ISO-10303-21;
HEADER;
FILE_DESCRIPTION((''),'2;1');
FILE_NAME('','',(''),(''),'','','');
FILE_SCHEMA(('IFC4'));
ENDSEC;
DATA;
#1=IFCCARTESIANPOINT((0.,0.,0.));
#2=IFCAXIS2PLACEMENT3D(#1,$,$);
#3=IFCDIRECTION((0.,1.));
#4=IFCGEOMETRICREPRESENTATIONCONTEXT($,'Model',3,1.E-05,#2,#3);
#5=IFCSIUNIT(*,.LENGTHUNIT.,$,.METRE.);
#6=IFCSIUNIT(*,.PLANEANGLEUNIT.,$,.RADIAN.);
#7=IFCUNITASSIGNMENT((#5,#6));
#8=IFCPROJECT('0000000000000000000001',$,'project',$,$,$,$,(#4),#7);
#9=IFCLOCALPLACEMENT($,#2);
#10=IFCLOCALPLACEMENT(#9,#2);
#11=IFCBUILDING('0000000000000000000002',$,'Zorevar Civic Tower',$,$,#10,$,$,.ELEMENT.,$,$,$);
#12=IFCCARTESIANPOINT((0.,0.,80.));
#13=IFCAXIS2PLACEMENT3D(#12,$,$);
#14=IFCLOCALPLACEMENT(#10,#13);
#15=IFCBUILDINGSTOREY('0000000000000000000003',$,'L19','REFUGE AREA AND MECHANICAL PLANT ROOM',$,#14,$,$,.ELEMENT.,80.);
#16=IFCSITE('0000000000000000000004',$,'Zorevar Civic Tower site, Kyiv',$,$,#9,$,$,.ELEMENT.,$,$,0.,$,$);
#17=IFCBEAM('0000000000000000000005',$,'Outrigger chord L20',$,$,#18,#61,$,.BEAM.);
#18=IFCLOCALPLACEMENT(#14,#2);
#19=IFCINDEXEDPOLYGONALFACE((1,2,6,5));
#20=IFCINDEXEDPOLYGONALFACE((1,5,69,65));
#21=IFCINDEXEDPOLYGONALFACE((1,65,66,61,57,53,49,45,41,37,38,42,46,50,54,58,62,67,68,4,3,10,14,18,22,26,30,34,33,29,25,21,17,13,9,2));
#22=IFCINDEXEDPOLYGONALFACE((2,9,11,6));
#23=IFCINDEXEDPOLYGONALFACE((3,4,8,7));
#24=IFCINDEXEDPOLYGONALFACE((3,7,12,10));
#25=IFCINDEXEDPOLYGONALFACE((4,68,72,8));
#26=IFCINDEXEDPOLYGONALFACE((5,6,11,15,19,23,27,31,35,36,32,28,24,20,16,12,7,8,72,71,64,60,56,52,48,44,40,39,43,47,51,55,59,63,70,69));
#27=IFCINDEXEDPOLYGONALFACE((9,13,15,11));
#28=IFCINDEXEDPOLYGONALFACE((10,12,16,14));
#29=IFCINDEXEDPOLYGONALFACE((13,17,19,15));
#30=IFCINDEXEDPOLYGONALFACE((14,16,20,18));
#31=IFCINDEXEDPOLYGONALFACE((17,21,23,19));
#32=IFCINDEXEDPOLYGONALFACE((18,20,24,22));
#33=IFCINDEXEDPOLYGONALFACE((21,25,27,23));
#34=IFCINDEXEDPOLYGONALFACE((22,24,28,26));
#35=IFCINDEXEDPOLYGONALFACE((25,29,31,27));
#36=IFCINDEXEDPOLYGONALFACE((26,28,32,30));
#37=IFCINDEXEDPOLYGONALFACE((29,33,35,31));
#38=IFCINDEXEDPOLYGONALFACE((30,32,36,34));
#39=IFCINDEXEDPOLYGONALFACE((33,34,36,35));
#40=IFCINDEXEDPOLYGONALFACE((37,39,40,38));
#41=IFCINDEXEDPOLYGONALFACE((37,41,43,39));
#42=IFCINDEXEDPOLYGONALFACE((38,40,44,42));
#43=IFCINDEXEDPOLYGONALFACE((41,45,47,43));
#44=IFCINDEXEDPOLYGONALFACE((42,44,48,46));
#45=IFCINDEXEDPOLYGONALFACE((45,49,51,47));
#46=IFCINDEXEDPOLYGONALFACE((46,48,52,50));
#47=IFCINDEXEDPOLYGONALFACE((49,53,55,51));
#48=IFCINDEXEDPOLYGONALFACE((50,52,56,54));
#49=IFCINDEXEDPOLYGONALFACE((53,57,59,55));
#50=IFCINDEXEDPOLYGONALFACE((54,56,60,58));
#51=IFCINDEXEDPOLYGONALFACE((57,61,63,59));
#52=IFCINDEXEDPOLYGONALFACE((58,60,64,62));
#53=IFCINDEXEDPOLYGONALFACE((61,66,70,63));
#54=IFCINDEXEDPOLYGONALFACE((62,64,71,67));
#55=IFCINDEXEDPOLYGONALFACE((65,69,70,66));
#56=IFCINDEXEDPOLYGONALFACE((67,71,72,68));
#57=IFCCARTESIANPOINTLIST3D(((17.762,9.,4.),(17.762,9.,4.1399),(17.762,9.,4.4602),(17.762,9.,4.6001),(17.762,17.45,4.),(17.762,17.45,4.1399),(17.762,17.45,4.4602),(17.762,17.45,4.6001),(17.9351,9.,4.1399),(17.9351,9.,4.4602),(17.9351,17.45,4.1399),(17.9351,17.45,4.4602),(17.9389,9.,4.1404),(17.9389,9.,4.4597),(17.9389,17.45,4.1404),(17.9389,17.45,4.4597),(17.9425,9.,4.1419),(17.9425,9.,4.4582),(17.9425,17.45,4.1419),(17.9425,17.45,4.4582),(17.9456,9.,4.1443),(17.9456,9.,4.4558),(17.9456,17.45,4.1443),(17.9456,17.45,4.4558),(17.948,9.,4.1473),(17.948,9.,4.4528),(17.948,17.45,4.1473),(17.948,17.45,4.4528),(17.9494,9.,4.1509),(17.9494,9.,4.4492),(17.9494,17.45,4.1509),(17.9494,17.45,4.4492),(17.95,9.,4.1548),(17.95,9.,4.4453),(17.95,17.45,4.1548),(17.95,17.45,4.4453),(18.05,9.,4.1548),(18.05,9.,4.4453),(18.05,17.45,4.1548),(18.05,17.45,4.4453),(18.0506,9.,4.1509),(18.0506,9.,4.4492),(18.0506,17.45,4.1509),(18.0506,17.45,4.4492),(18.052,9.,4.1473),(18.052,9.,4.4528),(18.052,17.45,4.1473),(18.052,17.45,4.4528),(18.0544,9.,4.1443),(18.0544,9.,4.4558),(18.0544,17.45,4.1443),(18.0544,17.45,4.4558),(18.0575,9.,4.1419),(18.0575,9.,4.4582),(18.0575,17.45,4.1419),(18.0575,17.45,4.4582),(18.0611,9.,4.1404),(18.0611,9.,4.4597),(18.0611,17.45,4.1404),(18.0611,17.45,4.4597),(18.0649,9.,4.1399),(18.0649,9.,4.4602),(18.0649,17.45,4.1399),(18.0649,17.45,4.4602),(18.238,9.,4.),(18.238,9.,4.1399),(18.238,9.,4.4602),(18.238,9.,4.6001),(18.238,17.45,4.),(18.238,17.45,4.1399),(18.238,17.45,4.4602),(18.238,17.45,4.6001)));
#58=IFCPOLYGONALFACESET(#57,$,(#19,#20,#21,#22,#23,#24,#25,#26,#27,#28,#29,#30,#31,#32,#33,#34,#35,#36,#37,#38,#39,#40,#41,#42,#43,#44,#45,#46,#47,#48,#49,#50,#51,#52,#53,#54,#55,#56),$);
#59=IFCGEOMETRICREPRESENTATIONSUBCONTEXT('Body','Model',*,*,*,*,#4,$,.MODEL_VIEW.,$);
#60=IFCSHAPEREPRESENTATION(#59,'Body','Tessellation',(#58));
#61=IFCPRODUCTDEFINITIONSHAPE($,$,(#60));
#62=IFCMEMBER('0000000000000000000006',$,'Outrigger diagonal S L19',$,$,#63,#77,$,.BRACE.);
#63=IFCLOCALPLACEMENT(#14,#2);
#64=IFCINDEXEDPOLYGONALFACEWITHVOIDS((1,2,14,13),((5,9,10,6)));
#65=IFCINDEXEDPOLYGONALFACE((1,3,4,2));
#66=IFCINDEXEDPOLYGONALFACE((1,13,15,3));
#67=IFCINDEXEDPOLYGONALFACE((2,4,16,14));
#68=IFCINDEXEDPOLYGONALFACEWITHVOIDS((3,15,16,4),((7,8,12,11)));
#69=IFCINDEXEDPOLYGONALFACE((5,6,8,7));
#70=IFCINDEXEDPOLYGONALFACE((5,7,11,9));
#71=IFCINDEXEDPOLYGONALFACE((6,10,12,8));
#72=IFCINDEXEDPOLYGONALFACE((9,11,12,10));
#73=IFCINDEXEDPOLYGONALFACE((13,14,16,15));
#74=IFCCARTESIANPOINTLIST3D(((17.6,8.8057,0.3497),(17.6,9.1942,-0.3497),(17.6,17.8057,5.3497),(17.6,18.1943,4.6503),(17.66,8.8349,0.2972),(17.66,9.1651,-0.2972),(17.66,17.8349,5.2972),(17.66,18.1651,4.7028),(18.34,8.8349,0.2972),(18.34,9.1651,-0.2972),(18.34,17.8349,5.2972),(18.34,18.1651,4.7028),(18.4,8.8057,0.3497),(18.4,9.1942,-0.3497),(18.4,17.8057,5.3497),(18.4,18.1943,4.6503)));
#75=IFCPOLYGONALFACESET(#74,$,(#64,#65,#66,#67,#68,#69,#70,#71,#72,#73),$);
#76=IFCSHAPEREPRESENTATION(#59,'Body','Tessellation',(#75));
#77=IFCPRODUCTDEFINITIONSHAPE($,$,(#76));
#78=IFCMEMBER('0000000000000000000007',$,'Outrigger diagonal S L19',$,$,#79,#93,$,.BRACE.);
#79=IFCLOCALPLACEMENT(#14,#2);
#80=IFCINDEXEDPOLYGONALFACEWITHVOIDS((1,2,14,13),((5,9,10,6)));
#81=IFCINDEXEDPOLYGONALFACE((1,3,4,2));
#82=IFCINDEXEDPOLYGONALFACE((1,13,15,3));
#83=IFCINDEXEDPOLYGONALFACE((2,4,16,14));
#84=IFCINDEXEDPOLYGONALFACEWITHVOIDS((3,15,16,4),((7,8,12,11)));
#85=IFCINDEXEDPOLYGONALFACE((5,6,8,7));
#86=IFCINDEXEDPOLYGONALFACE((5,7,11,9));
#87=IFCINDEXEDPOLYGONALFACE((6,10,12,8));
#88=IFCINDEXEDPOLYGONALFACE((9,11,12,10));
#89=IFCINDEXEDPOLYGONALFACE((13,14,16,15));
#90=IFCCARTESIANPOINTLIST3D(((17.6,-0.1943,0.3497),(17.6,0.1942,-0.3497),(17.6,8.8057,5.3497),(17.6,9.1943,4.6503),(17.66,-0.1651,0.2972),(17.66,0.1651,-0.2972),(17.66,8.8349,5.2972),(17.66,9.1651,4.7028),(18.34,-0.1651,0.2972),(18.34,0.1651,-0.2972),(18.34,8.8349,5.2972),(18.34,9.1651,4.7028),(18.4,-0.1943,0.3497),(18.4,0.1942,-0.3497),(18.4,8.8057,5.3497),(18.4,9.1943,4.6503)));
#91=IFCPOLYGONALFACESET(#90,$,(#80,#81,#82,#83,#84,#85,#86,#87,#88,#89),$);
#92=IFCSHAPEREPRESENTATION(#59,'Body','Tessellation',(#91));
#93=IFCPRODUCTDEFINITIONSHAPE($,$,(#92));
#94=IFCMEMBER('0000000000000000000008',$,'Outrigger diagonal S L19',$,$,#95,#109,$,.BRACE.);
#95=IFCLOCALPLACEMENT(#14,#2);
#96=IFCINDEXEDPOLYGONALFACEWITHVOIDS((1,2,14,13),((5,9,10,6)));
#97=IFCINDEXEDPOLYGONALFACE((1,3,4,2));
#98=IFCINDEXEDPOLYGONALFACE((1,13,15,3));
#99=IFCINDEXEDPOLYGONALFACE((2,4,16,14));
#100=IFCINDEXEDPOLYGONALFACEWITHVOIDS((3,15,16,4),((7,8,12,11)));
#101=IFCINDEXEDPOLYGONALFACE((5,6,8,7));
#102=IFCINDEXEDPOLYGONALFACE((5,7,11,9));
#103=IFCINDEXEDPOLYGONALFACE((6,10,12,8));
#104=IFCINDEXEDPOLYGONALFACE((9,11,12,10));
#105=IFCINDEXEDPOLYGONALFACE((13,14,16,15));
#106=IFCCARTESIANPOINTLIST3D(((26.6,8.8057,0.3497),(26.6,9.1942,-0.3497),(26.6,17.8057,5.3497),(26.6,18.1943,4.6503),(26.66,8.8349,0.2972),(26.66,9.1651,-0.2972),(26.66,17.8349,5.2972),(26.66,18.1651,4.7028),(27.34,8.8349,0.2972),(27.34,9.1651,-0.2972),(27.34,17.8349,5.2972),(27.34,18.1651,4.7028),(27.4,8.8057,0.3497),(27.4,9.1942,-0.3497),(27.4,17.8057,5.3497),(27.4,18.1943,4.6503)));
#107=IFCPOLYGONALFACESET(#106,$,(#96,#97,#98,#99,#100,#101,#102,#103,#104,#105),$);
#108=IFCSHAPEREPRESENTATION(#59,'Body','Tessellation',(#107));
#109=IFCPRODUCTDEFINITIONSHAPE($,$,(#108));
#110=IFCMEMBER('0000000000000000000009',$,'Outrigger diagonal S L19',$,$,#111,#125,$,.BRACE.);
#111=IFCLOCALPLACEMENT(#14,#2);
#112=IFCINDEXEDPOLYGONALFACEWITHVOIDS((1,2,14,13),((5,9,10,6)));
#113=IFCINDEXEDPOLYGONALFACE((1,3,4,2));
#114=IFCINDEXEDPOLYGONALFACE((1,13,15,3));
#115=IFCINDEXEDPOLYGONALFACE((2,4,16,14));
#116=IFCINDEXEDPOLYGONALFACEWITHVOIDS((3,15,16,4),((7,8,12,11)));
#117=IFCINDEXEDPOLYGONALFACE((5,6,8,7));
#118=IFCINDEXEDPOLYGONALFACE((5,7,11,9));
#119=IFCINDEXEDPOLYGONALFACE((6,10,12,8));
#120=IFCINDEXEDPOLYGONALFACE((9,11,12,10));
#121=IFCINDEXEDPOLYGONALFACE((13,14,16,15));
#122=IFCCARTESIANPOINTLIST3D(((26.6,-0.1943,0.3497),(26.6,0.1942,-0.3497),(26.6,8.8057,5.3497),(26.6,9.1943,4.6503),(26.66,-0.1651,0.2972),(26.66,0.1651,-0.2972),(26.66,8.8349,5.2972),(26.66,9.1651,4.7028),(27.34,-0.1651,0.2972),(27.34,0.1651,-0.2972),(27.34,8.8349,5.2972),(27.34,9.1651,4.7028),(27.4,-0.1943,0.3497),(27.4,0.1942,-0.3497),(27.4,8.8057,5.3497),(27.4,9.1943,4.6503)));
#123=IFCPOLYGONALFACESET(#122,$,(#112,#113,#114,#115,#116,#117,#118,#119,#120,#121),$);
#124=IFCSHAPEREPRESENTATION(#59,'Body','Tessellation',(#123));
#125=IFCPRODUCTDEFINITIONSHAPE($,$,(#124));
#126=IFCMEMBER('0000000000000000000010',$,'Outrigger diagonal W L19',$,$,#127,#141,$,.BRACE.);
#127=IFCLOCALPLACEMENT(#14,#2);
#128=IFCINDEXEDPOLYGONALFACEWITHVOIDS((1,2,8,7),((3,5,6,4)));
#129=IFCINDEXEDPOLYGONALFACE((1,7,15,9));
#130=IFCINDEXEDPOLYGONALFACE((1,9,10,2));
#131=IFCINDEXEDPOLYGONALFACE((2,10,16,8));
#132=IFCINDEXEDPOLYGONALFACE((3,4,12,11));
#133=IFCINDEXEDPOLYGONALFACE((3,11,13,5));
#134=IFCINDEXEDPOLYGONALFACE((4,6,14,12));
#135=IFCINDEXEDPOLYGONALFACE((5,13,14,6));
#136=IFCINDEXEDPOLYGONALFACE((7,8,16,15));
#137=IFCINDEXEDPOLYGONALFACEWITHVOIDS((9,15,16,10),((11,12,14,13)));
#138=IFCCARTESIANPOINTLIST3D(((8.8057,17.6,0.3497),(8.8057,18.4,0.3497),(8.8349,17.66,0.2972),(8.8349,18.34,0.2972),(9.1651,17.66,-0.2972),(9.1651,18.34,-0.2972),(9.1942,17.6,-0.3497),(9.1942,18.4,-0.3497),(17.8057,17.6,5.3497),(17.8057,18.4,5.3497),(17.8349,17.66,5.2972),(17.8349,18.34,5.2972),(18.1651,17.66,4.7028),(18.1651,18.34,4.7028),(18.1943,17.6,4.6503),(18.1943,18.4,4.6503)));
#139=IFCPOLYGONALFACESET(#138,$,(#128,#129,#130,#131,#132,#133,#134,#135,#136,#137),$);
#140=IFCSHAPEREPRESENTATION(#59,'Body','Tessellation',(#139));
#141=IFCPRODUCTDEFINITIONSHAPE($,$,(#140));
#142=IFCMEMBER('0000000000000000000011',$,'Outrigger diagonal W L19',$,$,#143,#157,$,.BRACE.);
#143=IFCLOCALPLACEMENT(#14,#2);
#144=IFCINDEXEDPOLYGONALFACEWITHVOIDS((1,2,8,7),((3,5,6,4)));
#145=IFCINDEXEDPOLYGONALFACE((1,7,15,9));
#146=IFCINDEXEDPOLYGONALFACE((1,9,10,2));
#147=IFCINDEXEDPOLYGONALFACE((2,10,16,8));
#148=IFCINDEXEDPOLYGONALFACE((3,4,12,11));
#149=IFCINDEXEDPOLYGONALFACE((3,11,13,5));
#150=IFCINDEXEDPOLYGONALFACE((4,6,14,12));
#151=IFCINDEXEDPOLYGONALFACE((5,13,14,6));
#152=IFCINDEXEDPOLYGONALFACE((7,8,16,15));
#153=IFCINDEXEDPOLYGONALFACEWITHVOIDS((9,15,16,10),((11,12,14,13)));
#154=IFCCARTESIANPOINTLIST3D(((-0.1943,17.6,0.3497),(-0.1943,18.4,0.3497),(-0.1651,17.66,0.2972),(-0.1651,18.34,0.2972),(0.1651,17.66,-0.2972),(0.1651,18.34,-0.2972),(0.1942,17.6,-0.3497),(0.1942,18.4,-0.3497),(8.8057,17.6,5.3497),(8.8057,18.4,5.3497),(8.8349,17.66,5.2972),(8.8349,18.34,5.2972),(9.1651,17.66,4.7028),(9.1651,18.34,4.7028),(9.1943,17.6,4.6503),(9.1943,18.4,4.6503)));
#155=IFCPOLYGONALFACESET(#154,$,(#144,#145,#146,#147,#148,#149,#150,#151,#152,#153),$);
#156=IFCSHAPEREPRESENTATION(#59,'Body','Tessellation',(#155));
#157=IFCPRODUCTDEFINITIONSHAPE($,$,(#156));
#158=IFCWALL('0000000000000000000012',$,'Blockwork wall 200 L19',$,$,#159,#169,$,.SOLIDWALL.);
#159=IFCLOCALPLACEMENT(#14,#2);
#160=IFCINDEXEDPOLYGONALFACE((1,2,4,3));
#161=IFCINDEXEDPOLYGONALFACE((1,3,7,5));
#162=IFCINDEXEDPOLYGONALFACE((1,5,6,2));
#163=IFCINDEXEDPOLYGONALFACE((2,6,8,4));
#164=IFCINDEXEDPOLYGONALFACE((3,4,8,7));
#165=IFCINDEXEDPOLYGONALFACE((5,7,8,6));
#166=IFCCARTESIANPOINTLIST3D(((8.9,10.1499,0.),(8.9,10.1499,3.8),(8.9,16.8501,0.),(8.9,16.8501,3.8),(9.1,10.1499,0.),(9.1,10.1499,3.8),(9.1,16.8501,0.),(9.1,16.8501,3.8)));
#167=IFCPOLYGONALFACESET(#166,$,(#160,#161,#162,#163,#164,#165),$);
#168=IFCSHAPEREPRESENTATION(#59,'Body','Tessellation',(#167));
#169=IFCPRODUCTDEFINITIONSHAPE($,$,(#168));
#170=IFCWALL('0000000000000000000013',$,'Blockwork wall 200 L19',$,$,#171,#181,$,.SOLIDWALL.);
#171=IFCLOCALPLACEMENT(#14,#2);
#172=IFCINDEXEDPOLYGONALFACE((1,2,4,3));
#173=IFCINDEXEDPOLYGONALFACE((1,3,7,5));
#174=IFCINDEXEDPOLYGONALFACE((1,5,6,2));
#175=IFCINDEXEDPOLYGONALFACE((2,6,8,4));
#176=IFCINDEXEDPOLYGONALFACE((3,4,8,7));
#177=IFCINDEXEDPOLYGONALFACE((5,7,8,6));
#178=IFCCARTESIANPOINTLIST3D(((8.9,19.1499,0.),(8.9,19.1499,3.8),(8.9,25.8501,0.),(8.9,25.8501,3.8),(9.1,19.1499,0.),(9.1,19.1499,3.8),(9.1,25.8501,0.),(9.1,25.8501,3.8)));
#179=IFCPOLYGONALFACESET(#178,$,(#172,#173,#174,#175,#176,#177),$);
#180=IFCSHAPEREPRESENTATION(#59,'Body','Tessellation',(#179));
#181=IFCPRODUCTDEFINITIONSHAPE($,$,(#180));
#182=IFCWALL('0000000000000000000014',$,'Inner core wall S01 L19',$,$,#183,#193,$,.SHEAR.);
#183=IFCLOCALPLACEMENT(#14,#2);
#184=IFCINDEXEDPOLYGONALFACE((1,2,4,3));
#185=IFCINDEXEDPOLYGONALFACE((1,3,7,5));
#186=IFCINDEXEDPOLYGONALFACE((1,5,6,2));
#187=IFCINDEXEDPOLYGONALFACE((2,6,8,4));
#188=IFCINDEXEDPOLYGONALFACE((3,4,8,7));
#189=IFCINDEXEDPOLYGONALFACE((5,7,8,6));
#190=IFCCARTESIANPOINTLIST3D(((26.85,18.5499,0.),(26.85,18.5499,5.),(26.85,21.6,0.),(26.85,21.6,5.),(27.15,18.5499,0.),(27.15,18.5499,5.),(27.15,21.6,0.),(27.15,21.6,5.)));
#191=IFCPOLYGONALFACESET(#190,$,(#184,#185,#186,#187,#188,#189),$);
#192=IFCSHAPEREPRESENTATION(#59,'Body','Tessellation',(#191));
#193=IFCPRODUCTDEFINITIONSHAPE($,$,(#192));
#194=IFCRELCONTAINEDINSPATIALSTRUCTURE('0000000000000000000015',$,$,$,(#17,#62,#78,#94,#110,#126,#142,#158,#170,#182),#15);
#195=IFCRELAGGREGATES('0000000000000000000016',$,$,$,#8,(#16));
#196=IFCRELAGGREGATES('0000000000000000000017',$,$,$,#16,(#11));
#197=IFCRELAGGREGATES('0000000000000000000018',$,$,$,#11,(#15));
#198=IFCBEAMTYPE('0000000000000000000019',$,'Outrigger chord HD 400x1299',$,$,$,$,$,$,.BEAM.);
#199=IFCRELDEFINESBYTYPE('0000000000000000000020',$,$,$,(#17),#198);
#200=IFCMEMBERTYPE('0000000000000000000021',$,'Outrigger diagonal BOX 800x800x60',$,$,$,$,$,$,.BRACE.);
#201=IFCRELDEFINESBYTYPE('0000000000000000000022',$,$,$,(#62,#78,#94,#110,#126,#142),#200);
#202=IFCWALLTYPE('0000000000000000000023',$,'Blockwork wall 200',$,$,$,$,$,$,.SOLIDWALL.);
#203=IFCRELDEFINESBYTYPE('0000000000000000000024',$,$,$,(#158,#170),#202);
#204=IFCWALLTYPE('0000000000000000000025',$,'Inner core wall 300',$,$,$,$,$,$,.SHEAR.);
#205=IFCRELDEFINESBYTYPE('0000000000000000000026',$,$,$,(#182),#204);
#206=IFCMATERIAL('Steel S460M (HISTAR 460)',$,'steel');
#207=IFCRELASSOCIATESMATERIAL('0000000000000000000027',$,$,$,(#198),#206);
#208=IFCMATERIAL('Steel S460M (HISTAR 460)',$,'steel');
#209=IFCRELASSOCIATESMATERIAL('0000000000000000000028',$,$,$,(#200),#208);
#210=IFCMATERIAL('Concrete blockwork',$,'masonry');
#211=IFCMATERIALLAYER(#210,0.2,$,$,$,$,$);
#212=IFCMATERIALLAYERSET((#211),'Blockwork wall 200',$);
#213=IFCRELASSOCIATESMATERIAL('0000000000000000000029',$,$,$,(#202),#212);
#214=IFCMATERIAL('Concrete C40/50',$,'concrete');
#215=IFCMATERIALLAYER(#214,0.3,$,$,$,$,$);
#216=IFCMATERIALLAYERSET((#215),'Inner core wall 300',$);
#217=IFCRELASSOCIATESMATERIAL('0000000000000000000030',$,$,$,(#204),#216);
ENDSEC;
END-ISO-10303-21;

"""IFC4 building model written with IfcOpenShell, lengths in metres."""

from ifc_helpers import new_model, si_unit, direction, frame, frame_2d, origin, origin_2d, place, context, subcontext, project, spatial, rectangle, hollow_rectangle, i_section, extrude, material, layer, layer_set, material_profile, profile_set, type_object, element, save


model = new_model("IFC4")

# Units and contexts
model_context = context("Model", 3, precision=1e-05, world=origin(), true_north=direction((0.0, 1.0)))
body_context = subcontext(model_context, "Body", "Model", "MODEL_VIEW")
ifc_project = project(units=[si_unit("LENGTHUNIT", "METRE"), si_unit("PLANEANGLEUNIT", "RADIAN")], contexts=[model_context])

# Site, building, storey
site_placement = place(None, origin())
site = spatial("IfcSite", under=ifc_project, at=site_placement, Name="Zorevar Civic Tower site, Kyiv", CompositionType="ELEMENT", RefElevation=0.0)
building_placement = place(site_placement, origin())
building = spatial("IfcBuilding", under=site, at=building_placement, Name="Zorevar Civic Tower", CompositionType="ELEMENT")
storey_placement = place(building_placement, frame((0.0, 0.0, 80.0)))
storey = spatial("IfcBuildingStorey", under=building, at=storey_placement, Name="L19", Description="REFUGE AREA AND MECHANICAL PLANT ROOM", CompositionType="ELEMENT", Elevation=80.0)

# Beam
ifc_material_1 = material(Name="Steel S460M (HISTAR 460)", Category="steel")
ifc_material_profile_1 = material_profile(ifc_material_1, i_section(OverallWidth=0.4761, OverallDepth=0.6001, WebThickness=0.1001, FlangeThickness=0.1399, FilletRadius=0.0149, at=origin_2d()), Name="HD 400x1299")
ifc_profile_set_1 = profile_set([ifc_material_profile_1], Name="Steel S460M (HISTAR 460)")
beam_type_1 = type_object("IfcBeamType", Name="Outrigger chord HD 400x1299", PredefinedType="BEAM", material=ifc_profile_set_1)
for number, where, z_axis, x_axis, name in (
    (1, (18.0, 9.0, 4.3), (0.0, 1.0, 0.0), (-1.0, 0.0, 0.0), "Outrigger chord L20"),
):
    element("IfcBeam", number, at=place(storey_placement, frame(where, z_axis=z_axis, x_axis=x_axis)), inside=storey, type_object=beam_type_1, Name=name, PredefinedType="BEAM", context=body_context, shape_type="SweptSolid", body=[
        extrude(i_section(OverallWidth=0.4761, OverallDepth=0.6001, WebThickness=0.1001, FlangeThickness=0.1399, FilletRadius=0.0149, at=origin_2d()), origin(), (0.0, 0.0, 1.0), 8.45),
    ])

# Members
ifc_material_2 = material(Name="Steel S460M (HISTAR 460)", Category="steel")
ifc_material_profile_2 = material_profile(ifc_material_2, hollow_rectangle(XDim=0.8, YDim=0.8, WallThickness=0.0601, at=origin_2d()), Name="BOX 800x800x60")
ifc_profile_set_2 = profile_set([ifc_material_profile_2], Name="Steel S460M (HISTAR 460)")
member_type = type_object("IfcMemberType", Name="Outrigger diagonal BOX 800x800x60", PredefinedType="BRACE", material=ifc_profile_set_2)
for number, where, z_axis, x_axis, name in (
    (2, (18.0, 18.0, 5.0), (0.0, -0.874157, -0.485643), (1.0, 0.0, 0.0), "Outrigger diagonal S L19"),
    (3, (18.0, 9.0, 5.0), (0.0, -0.874157, -0.485643), (1.0, 0.0, 0.0), "Outrigger diagonal S L19"),
    (4, (27.0, 18.0, 5.0), (0.0, -0.874157, -0.485643), (1.0, 0.0, 0.0), "Outrigger diagonal S L19"),
    (5, (27.0, 9.0, 5.0), (0.0, -0.874157, -0.485643), (1.0, 0.0, 0.0), "Outrigger diagonal S L19"),
    (6, (18.0, 18.0, 5.0), (-0.874157, 0.0, -0.485643), (0.0, -1.0, 0.0), "Outrigger diagonal W L19"),
    (7, (9.0, 18.0, 5.0), (-0.874157, 0.0, -0.485643), (0.0, -1.0, 0.0), "Outrigger diagonal W L19"),
):
    element("IfcMember", number, at=place(storey_placement, frame(where, z_axis=z_axis, x_axis=x_axis)), inside=storey, type_object=member_type, Name=name, PredefinedType="BRACE", context=body_context, shape_type="SweptSolid", body=[
        extrude(hollow_rectangle(XDim=0.8, YDim=0.8, WallThickness=0.0601, at=origin_2d()), origin(), (0.0, 0.0, 1.0), 10.2957),
    ])

# Walls
ifc_material_3 = material(Name="Concrete blockwork", Category="masonry")
ifc_layer_1 = layer(ifc_material_3, 0.2)
ifc_layer_set_1 = layer_set([ifc_layer_1], Name="Blockwork wall 200")
wall_type_1 = type_object("IfcWallType", Name="Blockwork wall 200", PredefinedType="SOLIDWALL", material=ifc_layer_set_1)
for number, where, z_axis, x_axis, name in (
    (8, (9.0, 10.1499, 0.0), (0.0, 0.0, 1.0), (0.0, 1.0, 0.0), "Blockwork wall 200 L19"),
    (9, (9.0, 19.1499, 0.0), (0.0, 0.0, 1.0), (0.0, 1.0, 0.0), "Blockwork wall 200 L19"),
):
    element("IfcWall", number, at=place(storey_placement, frame(where, z_axis=z_axis, x_axis=x_axis)), inside=storey, type_object=wall_type_1, Name=name, PredefinedType="SOLIDWALL", context=body_context, shape_type="SweptSolid", body=[
        extrude(rectangle(XDim=6.7002, YDim=0.2, at=frame_2d((3.3501, 0.0))), origin(), (0.0, 0.0, 1.0), 3.8),
    ])

# Wall
ifc_material_4 = material(Name="Concrete C40/50", Category="concrete")
ifc_layer_2 = layer(ifc_material_4, 0.3)
ifc_layer_set_2 = layer_set([ifc_layer_2], Name="Inner core wall 300")
wall_type_2 = type_object("IfcWallType", Name="Inner core wall 300", PredefinedType="SHEAR", material=ifc_layer_set_2)
wall_1_placement = place(storey_placement, frame((27.0, 18.55, 0.0), z_axis=(0.0, 0.0, 1.0), x_axis=(0.0, 1.0, 0.0)))
element("IfcWall", 10, at=wall_1_placement, inside=storey, type_object=wall_type_2, Name="Inner core wall S01 L19", PredefinedType="SHEAR", context=body_context, shape_type="SweptSolid", body=[
    extrude(rectangle(XDim=3.05, YDim=0.3, at=frame_2d((1.5249, 0.0))), origin(), (0.0, 0.0, 1.0), 5.0),
])

save(model, "model.ifc")
